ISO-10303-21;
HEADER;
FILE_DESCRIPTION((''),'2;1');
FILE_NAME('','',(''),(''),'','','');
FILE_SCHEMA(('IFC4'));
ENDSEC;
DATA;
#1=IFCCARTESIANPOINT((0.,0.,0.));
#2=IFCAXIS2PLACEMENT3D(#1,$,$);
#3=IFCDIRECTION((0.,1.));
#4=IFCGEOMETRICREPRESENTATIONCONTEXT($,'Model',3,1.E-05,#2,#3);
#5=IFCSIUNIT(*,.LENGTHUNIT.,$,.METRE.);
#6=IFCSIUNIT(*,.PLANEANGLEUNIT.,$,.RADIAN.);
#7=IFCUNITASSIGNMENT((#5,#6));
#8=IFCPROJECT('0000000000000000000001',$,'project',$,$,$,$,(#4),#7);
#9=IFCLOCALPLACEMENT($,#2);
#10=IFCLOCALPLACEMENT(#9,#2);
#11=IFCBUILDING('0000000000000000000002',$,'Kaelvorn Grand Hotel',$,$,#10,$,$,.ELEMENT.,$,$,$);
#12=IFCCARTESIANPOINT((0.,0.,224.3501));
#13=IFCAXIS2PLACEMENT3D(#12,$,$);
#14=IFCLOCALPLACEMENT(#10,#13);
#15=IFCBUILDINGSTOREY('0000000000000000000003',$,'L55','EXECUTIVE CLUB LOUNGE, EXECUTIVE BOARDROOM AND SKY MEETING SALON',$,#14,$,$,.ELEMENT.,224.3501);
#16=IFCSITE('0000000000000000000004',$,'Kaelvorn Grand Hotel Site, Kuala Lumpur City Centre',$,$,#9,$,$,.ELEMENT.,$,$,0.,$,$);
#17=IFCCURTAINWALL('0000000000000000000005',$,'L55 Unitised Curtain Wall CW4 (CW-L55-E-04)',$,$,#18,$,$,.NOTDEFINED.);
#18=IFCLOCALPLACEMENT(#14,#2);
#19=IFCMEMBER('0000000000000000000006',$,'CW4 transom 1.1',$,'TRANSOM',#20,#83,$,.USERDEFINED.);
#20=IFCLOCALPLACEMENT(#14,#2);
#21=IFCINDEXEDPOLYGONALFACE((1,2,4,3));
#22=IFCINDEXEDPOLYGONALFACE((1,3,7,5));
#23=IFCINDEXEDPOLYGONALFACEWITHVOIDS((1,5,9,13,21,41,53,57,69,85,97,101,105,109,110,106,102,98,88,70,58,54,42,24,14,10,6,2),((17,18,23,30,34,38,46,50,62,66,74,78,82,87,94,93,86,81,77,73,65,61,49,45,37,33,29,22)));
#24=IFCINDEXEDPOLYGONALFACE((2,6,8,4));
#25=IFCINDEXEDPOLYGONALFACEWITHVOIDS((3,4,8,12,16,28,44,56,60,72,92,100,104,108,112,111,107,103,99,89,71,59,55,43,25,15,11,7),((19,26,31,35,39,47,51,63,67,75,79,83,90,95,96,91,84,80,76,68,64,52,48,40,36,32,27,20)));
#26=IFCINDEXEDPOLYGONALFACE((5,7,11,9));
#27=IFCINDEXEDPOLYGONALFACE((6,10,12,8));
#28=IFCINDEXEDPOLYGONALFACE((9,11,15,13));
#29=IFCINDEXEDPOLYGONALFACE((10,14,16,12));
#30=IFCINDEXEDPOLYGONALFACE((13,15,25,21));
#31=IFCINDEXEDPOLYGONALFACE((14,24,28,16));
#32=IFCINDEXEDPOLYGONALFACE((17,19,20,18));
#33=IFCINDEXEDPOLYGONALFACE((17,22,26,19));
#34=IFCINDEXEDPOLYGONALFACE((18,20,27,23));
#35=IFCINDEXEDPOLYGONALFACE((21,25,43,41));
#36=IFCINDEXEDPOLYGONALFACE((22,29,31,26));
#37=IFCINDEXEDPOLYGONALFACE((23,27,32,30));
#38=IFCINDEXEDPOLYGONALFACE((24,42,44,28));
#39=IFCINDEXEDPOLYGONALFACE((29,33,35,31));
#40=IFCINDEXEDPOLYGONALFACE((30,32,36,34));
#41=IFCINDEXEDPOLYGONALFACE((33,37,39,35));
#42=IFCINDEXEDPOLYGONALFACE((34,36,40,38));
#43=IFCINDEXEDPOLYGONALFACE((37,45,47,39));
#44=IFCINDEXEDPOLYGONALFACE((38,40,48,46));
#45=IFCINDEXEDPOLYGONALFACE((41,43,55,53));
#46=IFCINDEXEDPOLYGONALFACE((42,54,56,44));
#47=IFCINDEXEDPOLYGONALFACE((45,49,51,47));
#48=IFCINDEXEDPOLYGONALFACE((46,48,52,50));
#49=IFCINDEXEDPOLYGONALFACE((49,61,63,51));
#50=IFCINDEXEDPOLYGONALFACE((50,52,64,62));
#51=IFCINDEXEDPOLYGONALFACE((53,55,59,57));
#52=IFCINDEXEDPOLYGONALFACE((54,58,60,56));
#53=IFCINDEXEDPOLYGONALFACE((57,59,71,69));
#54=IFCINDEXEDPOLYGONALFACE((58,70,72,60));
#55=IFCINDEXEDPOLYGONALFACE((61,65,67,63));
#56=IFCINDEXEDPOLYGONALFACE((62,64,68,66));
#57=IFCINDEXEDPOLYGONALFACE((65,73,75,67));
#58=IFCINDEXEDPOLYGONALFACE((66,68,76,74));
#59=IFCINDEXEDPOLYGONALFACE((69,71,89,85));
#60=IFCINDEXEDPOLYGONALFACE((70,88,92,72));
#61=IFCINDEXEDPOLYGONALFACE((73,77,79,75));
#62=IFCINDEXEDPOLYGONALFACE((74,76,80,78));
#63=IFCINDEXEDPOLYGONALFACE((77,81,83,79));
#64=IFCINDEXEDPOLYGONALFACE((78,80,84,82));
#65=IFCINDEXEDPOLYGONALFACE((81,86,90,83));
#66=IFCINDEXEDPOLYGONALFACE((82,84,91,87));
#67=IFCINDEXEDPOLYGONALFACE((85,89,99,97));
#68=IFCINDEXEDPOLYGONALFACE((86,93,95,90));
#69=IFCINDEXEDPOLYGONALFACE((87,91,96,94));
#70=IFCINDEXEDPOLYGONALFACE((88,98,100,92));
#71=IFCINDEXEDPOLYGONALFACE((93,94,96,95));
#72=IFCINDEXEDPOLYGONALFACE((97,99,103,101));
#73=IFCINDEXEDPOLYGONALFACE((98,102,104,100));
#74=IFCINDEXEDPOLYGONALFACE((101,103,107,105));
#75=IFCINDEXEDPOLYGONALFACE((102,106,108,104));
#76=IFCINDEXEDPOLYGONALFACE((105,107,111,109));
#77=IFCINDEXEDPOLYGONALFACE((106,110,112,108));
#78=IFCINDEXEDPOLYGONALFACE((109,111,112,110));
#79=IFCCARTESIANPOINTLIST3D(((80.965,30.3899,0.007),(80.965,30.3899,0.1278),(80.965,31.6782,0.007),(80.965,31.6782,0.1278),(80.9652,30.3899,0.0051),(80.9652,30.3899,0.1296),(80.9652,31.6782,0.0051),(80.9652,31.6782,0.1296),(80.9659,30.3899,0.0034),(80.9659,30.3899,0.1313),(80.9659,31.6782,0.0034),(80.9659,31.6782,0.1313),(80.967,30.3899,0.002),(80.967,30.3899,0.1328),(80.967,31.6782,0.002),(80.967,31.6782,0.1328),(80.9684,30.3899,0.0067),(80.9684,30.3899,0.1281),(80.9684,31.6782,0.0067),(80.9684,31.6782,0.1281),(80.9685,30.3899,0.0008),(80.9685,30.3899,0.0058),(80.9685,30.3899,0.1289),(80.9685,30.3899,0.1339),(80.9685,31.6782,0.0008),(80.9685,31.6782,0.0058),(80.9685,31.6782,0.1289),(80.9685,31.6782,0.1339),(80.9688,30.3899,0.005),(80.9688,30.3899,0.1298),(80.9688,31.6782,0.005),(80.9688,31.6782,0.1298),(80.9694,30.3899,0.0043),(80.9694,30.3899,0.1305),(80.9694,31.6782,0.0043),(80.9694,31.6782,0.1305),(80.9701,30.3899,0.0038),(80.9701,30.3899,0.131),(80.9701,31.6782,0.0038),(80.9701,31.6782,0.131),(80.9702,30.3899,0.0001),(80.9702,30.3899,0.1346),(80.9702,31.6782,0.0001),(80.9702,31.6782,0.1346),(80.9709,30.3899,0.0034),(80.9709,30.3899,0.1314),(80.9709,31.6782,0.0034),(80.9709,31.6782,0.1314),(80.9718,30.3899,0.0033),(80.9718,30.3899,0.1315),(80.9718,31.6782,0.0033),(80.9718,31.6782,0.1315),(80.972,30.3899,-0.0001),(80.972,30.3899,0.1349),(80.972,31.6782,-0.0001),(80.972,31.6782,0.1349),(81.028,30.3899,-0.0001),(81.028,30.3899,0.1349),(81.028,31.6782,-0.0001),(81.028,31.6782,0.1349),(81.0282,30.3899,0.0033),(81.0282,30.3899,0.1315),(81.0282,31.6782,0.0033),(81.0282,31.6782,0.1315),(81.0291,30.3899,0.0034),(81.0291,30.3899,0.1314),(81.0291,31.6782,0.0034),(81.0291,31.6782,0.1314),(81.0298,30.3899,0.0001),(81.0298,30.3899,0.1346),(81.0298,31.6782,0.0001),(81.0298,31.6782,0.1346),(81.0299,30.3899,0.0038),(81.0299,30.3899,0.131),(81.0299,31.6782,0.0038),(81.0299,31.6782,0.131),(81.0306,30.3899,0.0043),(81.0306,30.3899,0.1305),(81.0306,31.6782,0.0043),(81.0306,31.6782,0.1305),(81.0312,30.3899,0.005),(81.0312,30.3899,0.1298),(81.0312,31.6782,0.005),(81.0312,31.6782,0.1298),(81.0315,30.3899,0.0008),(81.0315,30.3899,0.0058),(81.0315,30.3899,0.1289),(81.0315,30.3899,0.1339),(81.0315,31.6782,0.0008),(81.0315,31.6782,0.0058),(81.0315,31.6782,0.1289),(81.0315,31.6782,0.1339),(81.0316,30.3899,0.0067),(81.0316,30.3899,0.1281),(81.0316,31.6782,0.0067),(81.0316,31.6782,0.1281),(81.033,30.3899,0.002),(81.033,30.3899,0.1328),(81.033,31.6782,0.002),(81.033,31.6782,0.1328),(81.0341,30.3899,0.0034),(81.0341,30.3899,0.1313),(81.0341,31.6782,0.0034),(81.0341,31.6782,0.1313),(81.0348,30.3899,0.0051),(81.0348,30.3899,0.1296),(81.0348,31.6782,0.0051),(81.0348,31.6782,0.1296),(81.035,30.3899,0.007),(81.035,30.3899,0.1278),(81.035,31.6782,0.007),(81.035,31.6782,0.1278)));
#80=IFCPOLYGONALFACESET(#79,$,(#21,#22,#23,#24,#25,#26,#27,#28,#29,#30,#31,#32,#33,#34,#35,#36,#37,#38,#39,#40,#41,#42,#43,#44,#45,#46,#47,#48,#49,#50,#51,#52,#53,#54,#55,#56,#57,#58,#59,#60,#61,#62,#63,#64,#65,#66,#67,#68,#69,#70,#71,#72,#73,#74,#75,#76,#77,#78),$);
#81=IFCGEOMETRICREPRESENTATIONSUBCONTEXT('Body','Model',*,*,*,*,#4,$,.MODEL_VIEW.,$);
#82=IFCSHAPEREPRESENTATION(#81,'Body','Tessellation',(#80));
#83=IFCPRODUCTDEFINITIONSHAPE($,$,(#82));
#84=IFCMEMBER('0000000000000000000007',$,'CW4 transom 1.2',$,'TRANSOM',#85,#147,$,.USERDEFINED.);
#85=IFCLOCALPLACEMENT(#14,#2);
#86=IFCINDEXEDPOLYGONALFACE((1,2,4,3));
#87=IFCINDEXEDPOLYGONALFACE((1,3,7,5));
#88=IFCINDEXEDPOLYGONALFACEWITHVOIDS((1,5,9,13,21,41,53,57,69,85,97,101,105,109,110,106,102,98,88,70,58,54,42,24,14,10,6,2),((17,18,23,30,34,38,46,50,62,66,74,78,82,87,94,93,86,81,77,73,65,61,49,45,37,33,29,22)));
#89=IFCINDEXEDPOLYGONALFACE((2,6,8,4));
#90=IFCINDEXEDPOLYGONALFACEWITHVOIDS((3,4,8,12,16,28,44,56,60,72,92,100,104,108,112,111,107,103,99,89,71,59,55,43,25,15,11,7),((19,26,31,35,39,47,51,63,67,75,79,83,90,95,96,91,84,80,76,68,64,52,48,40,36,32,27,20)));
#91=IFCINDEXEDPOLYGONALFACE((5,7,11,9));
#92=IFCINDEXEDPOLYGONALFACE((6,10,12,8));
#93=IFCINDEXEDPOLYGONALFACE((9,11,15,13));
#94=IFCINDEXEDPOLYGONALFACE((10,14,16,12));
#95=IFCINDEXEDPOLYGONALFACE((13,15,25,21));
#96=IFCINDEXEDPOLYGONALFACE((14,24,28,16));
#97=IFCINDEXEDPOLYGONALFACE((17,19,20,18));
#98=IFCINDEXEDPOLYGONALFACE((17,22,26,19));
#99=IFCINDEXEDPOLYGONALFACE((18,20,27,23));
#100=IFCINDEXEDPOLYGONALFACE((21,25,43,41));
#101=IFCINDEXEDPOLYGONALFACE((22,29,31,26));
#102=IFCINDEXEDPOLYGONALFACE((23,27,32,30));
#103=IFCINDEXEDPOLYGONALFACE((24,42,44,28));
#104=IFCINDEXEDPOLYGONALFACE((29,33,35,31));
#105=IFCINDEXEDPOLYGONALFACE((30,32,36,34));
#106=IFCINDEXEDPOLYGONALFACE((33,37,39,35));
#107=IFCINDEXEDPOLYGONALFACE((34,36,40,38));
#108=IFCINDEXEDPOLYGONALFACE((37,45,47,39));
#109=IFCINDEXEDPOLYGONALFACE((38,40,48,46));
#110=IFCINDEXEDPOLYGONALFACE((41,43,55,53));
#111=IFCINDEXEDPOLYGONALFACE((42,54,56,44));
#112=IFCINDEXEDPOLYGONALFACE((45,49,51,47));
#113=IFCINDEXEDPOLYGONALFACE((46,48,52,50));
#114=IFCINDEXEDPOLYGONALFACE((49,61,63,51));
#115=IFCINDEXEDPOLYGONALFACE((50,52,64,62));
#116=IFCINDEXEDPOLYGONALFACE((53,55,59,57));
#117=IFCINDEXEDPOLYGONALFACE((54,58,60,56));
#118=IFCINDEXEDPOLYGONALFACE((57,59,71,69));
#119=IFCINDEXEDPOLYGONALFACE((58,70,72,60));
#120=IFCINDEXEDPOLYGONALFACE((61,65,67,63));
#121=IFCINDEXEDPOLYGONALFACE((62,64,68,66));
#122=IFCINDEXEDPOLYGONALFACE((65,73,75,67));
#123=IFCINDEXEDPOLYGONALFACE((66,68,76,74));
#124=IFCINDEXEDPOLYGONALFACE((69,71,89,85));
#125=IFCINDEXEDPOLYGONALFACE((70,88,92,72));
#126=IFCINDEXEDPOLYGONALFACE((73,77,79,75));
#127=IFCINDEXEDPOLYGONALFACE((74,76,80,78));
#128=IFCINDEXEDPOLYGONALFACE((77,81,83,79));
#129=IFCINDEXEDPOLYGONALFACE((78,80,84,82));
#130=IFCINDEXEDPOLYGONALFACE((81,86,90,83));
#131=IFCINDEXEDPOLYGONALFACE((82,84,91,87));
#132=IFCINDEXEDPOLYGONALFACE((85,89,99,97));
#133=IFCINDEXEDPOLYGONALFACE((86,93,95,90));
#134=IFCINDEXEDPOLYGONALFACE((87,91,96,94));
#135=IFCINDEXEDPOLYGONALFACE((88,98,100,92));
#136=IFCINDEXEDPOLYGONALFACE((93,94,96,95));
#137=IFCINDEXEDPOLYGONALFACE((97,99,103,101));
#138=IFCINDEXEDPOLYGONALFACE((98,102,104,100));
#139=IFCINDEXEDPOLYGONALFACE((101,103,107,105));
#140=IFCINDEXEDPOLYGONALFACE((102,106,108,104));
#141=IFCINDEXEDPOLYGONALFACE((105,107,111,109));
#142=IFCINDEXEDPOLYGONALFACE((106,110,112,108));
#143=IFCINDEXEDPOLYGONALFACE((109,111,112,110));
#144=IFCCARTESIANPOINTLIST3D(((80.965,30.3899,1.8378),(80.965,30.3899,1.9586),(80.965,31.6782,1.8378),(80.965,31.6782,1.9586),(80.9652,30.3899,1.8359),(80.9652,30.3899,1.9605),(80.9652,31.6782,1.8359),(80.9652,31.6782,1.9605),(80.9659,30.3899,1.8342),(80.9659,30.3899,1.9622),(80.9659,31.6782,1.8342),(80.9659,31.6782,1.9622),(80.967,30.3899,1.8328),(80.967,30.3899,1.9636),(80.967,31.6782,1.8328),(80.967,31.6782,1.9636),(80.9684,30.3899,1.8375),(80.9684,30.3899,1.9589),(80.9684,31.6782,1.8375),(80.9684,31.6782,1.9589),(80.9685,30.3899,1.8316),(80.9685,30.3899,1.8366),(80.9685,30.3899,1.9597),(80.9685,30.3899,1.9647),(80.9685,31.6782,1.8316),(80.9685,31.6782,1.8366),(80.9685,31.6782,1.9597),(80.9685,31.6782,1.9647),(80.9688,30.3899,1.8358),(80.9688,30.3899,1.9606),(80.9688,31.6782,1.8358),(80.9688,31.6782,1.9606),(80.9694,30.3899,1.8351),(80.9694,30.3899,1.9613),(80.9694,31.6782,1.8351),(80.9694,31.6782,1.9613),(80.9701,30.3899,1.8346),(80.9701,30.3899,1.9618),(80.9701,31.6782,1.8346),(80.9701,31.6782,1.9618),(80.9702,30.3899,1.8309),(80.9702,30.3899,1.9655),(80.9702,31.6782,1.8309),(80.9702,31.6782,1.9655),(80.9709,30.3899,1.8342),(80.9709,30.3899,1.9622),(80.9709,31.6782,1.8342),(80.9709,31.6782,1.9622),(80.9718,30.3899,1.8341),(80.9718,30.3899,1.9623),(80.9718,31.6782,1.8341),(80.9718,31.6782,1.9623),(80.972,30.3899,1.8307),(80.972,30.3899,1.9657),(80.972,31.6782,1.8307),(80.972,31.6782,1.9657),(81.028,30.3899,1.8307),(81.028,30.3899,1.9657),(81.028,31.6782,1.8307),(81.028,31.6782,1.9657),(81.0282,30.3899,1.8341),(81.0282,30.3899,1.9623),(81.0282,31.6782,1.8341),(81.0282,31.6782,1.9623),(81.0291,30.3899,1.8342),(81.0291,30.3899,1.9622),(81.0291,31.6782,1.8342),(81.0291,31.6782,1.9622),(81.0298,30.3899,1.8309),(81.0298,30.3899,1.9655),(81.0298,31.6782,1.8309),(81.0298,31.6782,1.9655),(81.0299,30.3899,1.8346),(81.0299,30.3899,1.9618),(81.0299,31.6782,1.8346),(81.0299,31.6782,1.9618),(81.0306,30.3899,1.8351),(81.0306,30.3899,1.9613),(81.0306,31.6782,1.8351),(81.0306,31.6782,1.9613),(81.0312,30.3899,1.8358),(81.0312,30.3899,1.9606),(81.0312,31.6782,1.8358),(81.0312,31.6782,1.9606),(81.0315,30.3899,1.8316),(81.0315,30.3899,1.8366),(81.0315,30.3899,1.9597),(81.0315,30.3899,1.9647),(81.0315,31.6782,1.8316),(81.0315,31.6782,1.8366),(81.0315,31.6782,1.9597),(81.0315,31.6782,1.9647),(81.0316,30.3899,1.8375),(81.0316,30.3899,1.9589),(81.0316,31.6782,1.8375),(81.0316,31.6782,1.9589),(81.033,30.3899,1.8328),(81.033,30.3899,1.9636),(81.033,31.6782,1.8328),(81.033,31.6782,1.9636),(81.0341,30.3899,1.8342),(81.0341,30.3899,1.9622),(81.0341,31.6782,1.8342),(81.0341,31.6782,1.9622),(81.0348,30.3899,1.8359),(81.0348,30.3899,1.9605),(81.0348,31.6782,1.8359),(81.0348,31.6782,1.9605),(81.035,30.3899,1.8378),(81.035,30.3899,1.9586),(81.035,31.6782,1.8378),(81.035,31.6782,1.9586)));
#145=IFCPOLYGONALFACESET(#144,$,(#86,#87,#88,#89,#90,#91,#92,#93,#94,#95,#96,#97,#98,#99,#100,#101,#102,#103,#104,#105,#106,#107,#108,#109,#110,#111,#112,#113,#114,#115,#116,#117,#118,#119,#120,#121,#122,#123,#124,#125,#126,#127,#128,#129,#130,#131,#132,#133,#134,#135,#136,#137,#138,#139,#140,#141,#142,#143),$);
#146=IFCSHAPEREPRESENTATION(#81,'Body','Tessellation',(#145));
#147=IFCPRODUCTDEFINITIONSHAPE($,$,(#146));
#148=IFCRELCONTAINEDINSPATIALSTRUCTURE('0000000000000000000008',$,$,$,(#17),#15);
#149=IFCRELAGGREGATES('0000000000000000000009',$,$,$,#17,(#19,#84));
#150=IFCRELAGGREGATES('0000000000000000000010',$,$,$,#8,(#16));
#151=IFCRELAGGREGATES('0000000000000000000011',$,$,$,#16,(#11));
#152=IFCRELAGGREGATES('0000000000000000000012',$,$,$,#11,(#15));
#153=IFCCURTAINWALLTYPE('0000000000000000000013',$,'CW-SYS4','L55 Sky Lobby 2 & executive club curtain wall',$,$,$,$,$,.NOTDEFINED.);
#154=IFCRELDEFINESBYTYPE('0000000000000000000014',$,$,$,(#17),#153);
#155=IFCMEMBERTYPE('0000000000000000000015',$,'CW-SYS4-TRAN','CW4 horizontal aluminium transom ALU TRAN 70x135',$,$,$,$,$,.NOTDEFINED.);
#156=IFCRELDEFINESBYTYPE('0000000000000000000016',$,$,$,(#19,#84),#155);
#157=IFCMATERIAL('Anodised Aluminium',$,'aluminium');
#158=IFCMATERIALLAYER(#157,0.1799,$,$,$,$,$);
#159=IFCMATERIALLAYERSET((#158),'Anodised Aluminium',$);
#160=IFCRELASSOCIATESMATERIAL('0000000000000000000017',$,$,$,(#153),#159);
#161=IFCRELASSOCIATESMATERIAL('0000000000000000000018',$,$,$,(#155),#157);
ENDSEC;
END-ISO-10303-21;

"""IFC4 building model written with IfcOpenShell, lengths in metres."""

from ifc_helpers import new_model, si_unit, direction, frame, origin, origin_2d, place, context, subcontext, project, spatial, hollow_rectangle, extrude, material, layer, layer_set, material_profile, profile_set, type_object, element, aggregate, save


model = new_model("IFC4")

# Units and contexts
model_context = context("Model", 3, precision=1e-05, world=origin(), true_north=direction((0.0, 1.0)))
body_context = subcontext(model_context, "Body", "Model", "MODEL_VIEW")
ifc_project = project(units=[si_unit("LENGTHUNIT", "METRE"), si_unit("PLANEANGLEUNIT", "RADIAN")], contexts=[model_context])

# Site, building, storey
site_placement = place(None, origin())
site = spatial("IfcSite", under=ifc_project, at=site_placement, Name="Kaelvorn Grand Hotel Site, Kuala Lumpur City Centre", CompositionType="ELEMENT", RefElevation=0.0)
building_placement = place(site_placement, origin())
building = spatial("IfcBuilding", under=site, at=building_placement, Name="Kaelvorn Grand Hotel", CompositionType="ELEMENT")
storey_placement = place(building_placement, frame((0.0, 0.0, 224.3501)))
storey = spatial("IfcBuildingStorey", under=building, at=storey_placement, Name="L55", Description="EXECUTIVE CLUB LOUNGE, EXECUTIVE BOARDROOM AND SKY MEETING SALON", CompositionType="ELEMENT", Elevation=224.3501)

# Shared definitions
ifc_material_1 = material(Name="Anodised Aluminium", Category="aluminium")
ifc_layer_1 = layer(ifc_material_1, 0.1799)
ifc_layer_set_1 = layer_set([ifc_layer_1], Name="Anodised Aluminium")
curtain_wall_type = type_object("IfcCurtainWallType", Name="CW-SYS4", Description="L55 Sky Lobby 2 & executive club curtain wall", PredefinedType="NOTDEFINED", material=ifc_layer_set_1)

# Curtain wall
curtain_wall_1_placement = place(storey_placement, origin())
curtain_wall_1 = element("IfcCurtainWall", 1, at=curtain_wall_1_placement, inside=storey, type_object=curtain_wall_type, Name="L55 Unitised Curtain Wall CW4 (CW-L55-E-04)", PredefinedType="NOTDEFINED")

# Members
ifc_material_profile_1 = material_profile(ifc_material_1, hollow_rectangle(XDim=0.0701, YDim=0.135, WallThickness=0.0034, InnerFilletRadius=0.0034, OuterFilletRadius=0.0071, at=origin_2d()), Name="ALU TRAN 70x135")
ifc_profile_set_1 = profile_set([ifc_material_profile_1], Name="Anodised Aluminium")
member_type_1 = type_object("IfcMemberType", Name="CW-SYS4-TRAN", Description="CW4 horizontal aluminium transom ALU TRAN 70x135", PredefinedType="NOTDEFINED", material=ifc_profile_set_1)
member_1_placement = place(storey_placement, frame((81.0, 30.3899, 0.0674), z_axis=(0.0, 1.0, 0.0), x_axis=(-1.0, 0.0, 0.0)))
member_1 = element("IfcMember", 2, at=member_1_placement, type_object=member_type_1, Name="CW4 transom 1.1", ObjectType="TRANSOM", PredefinedType="USERDEFINED", context=body_context, shape_type="SweptSolid", body=[
    extrude(hollow_rectangle(XDim=0.0701, YDim=0.135, WallThickness=0.0034, InnerFilletRadius=0.0034, OuterFilletRadius=0.0071, at=origin_2d()), origin(), (0.0, 0.0, 1.0), 1.2883),
])
member_2_placement = place(storey_placement, frame((81.0, 30.3899, 1.8982), z_axis=(0.0, 1.0, 0.0), x_axis=(-1.0, 0.0, 0.0)))
member_2 = element("IfcMember", 3, at=member_2_placement, type_object=member_type_1, Name="CW4 transom 1.2", ObjectType="TRANSOM", PredefinedType="USERDEFINED", context=body_context, shape_type="SweptSolid", body=[
    extrude(hollow_rectangle(XDim=0.0701, YDim=0.135, WallThickness=0.0034, InnerFilletRadius=0.0034, OuterFilletRadius=0.0071, at=origin_2d()), origin(), (0.0, 0.0, 1.0), 1.2883),
])

aggregate(curtain_wall_1, [member_1, member_2])

save(model, "model.ifc")
